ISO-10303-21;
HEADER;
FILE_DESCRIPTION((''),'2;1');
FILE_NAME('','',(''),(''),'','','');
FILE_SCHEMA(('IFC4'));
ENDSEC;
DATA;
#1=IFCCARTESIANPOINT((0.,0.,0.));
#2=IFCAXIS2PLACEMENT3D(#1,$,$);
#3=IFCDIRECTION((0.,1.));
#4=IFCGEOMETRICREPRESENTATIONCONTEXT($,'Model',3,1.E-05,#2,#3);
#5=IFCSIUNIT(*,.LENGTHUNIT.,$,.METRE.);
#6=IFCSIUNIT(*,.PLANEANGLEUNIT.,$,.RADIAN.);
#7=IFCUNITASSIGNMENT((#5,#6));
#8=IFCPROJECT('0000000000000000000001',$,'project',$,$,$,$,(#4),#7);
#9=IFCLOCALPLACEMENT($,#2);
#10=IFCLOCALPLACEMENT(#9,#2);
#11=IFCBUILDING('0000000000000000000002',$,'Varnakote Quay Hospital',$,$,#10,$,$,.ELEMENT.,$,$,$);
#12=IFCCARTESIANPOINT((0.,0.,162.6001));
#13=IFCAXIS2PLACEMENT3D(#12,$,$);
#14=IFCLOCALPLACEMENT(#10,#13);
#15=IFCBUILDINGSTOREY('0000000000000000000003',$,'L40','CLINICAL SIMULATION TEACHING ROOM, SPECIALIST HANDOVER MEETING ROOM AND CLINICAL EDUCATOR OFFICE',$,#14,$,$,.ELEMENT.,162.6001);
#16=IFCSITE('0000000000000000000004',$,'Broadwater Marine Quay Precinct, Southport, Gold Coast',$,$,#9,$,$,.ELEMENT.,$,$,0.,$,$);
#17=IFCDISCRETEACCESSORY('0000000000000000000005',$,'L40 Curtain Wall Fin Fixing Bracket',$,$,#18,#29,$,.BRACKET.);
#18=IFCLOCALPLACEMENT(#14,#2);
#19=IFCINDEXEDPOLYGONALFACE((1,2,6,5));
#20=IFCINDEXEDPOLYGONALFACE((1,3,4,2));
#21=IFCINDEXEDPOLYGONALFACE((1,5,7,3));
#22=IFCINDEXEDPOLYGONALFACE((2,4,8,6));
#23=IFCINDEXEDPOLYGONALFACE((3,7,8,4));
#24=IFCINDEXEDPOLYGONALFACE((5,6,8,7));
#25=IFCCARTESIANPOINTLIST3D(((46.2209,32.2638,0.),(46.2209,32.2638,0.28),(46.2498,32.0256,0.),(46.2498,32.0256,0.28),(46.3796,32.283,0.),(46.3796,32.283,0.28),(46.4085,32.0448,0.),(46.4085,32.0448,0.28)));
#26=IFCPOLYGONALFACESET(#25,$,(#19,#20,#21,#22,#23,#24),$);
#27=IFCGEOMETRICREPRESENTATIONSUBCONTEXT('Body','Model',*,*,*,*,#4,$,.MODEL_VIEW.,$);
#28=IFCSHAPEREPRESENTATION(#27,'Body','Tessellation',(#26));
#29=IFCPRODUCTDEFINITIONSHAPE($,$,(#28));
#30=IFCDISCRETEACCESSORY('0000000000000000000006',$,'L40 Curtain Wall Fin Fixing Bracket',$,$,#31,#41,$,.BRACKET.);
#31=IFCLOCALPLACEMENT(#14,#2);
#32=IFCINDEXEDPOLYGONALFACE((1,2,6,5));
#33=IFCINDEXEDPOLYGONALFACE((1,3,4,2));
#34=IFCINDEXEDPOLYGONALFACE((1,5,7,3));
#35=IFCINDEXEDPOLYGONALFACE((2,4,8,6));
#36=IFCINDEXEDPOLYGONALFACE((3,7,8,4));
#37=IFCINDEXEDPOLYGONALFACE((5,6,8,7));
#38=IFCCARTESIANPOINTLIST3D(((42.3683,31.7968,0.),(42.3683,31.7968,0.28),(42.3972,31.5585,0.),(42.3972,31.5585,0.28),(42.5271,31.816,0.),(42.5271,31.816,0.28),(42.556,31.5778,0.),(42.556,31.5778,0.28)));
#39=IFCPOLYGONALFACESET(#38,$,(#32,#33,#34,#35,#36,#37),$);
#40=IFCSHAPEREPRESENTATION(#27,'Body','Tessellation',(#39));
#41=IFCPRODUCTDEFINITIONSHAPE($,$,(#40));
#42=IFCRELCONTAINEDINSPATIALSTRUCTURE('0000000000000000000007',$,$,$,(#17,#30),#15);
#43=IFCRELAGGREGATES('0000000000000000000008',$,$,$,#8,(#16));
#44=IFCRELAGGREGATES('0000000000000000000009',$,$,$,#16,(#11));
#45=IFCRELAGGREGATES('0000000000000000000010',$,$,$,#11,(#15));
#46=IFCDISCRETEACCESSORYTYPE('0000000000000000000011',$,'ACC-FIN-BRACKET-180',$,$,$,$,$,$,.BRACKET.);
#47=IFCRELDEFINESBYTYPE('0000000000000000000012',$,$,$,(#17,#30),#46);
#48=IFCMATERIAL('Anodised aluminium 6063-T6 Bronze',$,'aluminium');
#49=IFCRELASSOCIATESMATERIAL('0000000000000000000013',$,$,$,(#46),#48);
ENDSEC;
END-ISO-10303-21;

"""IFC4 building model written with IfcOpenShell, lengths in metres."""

from ifc_helpers import new_model, si_unit, direction, frame, origin, origin_2d, place, context, subcontext, project, spatial, rectangle, extrude, material, type_object, element, save


model = new_model("IFC4")

# Units and contexts
model_context = context("Model", 3, precision=1e-05, world=origin(), true_north=direction((0.0, 1.0)))
body_context = subcontext(model_context, "Body", "Model", "MODEL_VIEW")
ifc_project = project(units=[si_unit("LENGTHUNIT", "METRE"), si_unit("PLANEANGLEUNIT", "RADIAN")], contexts=[model_context])

# Site, building, storey
site_placement = place(None, origin())
site = spatial("IfcSite", under=ifc_project, at=site_placement, Name="Broadwater Marine Quay Precinct, Southport, Gold Coast", CompositionType="ELEMENT", RefElevation=0.0)
building_placement = place(site_placement, origin())
building = spatial("IfcBuilding", under=site, at=building_placement, Name="Varnakote Quay Hospital", CompositionType="ELEMENT")
storey_placement = place(building_placement, frame((0.0, 0.0, 162.6001)))
storey = spatial("IfcBuildingStorey", under=building, at=storey_placement, Name="L40", Description="CLINICAL SIMULATION TEACHING ROOM, SPECIALIST HANDOVER MEETING ROOM AND CLINICAL EDUCATOR OFFICE", CompositionType="ELEMENT", Elevation=162.6001)

# Discrete accessories
ifc_material_1 = material(Name="Anodised aluminium 6063-T6 Bronze", Category="aluminium")
discrete_accessory_type = type_object("IfcDiscreteAccessoryType", Name="ACC-FIN-BRACKET-180", PredefinedType="BRACKET", material=ifc_material_1)
for number, where, z_axis, x_axis, name in (
    (1, (46.3147, 32.1543, 0.0), (0.0, 0.0, 1.0), (-0.992736, -0.12031, 0.0), "L40 Curtain Wall Fin Fixing Bracket"),
    (2, (42.4622, 31.6873, 0.0), (0.0, 0.0, 1.0), (-0.992736, -0.12031, 0.0), "L40 Curtain Wall Fin Fixing Bracket"),
):
    element("IfcDiscreteAccessory", number, at=place(storey_placement, frame(where, z_axis=z_axis, x_axis=x_axis)), inside=storey, type_object=discrete_accessory_type, Name=name, PredefinedType="BRACKET", context=body_context, shape_type="SweptSolid", body=[
        extrude(rectangle(XDim=0.1599, YDim=0.24, at=origin_2d()), origin(), (0.0, 0.0, 1.0), 0.28),
    ])

save(model, "model.ifc")
